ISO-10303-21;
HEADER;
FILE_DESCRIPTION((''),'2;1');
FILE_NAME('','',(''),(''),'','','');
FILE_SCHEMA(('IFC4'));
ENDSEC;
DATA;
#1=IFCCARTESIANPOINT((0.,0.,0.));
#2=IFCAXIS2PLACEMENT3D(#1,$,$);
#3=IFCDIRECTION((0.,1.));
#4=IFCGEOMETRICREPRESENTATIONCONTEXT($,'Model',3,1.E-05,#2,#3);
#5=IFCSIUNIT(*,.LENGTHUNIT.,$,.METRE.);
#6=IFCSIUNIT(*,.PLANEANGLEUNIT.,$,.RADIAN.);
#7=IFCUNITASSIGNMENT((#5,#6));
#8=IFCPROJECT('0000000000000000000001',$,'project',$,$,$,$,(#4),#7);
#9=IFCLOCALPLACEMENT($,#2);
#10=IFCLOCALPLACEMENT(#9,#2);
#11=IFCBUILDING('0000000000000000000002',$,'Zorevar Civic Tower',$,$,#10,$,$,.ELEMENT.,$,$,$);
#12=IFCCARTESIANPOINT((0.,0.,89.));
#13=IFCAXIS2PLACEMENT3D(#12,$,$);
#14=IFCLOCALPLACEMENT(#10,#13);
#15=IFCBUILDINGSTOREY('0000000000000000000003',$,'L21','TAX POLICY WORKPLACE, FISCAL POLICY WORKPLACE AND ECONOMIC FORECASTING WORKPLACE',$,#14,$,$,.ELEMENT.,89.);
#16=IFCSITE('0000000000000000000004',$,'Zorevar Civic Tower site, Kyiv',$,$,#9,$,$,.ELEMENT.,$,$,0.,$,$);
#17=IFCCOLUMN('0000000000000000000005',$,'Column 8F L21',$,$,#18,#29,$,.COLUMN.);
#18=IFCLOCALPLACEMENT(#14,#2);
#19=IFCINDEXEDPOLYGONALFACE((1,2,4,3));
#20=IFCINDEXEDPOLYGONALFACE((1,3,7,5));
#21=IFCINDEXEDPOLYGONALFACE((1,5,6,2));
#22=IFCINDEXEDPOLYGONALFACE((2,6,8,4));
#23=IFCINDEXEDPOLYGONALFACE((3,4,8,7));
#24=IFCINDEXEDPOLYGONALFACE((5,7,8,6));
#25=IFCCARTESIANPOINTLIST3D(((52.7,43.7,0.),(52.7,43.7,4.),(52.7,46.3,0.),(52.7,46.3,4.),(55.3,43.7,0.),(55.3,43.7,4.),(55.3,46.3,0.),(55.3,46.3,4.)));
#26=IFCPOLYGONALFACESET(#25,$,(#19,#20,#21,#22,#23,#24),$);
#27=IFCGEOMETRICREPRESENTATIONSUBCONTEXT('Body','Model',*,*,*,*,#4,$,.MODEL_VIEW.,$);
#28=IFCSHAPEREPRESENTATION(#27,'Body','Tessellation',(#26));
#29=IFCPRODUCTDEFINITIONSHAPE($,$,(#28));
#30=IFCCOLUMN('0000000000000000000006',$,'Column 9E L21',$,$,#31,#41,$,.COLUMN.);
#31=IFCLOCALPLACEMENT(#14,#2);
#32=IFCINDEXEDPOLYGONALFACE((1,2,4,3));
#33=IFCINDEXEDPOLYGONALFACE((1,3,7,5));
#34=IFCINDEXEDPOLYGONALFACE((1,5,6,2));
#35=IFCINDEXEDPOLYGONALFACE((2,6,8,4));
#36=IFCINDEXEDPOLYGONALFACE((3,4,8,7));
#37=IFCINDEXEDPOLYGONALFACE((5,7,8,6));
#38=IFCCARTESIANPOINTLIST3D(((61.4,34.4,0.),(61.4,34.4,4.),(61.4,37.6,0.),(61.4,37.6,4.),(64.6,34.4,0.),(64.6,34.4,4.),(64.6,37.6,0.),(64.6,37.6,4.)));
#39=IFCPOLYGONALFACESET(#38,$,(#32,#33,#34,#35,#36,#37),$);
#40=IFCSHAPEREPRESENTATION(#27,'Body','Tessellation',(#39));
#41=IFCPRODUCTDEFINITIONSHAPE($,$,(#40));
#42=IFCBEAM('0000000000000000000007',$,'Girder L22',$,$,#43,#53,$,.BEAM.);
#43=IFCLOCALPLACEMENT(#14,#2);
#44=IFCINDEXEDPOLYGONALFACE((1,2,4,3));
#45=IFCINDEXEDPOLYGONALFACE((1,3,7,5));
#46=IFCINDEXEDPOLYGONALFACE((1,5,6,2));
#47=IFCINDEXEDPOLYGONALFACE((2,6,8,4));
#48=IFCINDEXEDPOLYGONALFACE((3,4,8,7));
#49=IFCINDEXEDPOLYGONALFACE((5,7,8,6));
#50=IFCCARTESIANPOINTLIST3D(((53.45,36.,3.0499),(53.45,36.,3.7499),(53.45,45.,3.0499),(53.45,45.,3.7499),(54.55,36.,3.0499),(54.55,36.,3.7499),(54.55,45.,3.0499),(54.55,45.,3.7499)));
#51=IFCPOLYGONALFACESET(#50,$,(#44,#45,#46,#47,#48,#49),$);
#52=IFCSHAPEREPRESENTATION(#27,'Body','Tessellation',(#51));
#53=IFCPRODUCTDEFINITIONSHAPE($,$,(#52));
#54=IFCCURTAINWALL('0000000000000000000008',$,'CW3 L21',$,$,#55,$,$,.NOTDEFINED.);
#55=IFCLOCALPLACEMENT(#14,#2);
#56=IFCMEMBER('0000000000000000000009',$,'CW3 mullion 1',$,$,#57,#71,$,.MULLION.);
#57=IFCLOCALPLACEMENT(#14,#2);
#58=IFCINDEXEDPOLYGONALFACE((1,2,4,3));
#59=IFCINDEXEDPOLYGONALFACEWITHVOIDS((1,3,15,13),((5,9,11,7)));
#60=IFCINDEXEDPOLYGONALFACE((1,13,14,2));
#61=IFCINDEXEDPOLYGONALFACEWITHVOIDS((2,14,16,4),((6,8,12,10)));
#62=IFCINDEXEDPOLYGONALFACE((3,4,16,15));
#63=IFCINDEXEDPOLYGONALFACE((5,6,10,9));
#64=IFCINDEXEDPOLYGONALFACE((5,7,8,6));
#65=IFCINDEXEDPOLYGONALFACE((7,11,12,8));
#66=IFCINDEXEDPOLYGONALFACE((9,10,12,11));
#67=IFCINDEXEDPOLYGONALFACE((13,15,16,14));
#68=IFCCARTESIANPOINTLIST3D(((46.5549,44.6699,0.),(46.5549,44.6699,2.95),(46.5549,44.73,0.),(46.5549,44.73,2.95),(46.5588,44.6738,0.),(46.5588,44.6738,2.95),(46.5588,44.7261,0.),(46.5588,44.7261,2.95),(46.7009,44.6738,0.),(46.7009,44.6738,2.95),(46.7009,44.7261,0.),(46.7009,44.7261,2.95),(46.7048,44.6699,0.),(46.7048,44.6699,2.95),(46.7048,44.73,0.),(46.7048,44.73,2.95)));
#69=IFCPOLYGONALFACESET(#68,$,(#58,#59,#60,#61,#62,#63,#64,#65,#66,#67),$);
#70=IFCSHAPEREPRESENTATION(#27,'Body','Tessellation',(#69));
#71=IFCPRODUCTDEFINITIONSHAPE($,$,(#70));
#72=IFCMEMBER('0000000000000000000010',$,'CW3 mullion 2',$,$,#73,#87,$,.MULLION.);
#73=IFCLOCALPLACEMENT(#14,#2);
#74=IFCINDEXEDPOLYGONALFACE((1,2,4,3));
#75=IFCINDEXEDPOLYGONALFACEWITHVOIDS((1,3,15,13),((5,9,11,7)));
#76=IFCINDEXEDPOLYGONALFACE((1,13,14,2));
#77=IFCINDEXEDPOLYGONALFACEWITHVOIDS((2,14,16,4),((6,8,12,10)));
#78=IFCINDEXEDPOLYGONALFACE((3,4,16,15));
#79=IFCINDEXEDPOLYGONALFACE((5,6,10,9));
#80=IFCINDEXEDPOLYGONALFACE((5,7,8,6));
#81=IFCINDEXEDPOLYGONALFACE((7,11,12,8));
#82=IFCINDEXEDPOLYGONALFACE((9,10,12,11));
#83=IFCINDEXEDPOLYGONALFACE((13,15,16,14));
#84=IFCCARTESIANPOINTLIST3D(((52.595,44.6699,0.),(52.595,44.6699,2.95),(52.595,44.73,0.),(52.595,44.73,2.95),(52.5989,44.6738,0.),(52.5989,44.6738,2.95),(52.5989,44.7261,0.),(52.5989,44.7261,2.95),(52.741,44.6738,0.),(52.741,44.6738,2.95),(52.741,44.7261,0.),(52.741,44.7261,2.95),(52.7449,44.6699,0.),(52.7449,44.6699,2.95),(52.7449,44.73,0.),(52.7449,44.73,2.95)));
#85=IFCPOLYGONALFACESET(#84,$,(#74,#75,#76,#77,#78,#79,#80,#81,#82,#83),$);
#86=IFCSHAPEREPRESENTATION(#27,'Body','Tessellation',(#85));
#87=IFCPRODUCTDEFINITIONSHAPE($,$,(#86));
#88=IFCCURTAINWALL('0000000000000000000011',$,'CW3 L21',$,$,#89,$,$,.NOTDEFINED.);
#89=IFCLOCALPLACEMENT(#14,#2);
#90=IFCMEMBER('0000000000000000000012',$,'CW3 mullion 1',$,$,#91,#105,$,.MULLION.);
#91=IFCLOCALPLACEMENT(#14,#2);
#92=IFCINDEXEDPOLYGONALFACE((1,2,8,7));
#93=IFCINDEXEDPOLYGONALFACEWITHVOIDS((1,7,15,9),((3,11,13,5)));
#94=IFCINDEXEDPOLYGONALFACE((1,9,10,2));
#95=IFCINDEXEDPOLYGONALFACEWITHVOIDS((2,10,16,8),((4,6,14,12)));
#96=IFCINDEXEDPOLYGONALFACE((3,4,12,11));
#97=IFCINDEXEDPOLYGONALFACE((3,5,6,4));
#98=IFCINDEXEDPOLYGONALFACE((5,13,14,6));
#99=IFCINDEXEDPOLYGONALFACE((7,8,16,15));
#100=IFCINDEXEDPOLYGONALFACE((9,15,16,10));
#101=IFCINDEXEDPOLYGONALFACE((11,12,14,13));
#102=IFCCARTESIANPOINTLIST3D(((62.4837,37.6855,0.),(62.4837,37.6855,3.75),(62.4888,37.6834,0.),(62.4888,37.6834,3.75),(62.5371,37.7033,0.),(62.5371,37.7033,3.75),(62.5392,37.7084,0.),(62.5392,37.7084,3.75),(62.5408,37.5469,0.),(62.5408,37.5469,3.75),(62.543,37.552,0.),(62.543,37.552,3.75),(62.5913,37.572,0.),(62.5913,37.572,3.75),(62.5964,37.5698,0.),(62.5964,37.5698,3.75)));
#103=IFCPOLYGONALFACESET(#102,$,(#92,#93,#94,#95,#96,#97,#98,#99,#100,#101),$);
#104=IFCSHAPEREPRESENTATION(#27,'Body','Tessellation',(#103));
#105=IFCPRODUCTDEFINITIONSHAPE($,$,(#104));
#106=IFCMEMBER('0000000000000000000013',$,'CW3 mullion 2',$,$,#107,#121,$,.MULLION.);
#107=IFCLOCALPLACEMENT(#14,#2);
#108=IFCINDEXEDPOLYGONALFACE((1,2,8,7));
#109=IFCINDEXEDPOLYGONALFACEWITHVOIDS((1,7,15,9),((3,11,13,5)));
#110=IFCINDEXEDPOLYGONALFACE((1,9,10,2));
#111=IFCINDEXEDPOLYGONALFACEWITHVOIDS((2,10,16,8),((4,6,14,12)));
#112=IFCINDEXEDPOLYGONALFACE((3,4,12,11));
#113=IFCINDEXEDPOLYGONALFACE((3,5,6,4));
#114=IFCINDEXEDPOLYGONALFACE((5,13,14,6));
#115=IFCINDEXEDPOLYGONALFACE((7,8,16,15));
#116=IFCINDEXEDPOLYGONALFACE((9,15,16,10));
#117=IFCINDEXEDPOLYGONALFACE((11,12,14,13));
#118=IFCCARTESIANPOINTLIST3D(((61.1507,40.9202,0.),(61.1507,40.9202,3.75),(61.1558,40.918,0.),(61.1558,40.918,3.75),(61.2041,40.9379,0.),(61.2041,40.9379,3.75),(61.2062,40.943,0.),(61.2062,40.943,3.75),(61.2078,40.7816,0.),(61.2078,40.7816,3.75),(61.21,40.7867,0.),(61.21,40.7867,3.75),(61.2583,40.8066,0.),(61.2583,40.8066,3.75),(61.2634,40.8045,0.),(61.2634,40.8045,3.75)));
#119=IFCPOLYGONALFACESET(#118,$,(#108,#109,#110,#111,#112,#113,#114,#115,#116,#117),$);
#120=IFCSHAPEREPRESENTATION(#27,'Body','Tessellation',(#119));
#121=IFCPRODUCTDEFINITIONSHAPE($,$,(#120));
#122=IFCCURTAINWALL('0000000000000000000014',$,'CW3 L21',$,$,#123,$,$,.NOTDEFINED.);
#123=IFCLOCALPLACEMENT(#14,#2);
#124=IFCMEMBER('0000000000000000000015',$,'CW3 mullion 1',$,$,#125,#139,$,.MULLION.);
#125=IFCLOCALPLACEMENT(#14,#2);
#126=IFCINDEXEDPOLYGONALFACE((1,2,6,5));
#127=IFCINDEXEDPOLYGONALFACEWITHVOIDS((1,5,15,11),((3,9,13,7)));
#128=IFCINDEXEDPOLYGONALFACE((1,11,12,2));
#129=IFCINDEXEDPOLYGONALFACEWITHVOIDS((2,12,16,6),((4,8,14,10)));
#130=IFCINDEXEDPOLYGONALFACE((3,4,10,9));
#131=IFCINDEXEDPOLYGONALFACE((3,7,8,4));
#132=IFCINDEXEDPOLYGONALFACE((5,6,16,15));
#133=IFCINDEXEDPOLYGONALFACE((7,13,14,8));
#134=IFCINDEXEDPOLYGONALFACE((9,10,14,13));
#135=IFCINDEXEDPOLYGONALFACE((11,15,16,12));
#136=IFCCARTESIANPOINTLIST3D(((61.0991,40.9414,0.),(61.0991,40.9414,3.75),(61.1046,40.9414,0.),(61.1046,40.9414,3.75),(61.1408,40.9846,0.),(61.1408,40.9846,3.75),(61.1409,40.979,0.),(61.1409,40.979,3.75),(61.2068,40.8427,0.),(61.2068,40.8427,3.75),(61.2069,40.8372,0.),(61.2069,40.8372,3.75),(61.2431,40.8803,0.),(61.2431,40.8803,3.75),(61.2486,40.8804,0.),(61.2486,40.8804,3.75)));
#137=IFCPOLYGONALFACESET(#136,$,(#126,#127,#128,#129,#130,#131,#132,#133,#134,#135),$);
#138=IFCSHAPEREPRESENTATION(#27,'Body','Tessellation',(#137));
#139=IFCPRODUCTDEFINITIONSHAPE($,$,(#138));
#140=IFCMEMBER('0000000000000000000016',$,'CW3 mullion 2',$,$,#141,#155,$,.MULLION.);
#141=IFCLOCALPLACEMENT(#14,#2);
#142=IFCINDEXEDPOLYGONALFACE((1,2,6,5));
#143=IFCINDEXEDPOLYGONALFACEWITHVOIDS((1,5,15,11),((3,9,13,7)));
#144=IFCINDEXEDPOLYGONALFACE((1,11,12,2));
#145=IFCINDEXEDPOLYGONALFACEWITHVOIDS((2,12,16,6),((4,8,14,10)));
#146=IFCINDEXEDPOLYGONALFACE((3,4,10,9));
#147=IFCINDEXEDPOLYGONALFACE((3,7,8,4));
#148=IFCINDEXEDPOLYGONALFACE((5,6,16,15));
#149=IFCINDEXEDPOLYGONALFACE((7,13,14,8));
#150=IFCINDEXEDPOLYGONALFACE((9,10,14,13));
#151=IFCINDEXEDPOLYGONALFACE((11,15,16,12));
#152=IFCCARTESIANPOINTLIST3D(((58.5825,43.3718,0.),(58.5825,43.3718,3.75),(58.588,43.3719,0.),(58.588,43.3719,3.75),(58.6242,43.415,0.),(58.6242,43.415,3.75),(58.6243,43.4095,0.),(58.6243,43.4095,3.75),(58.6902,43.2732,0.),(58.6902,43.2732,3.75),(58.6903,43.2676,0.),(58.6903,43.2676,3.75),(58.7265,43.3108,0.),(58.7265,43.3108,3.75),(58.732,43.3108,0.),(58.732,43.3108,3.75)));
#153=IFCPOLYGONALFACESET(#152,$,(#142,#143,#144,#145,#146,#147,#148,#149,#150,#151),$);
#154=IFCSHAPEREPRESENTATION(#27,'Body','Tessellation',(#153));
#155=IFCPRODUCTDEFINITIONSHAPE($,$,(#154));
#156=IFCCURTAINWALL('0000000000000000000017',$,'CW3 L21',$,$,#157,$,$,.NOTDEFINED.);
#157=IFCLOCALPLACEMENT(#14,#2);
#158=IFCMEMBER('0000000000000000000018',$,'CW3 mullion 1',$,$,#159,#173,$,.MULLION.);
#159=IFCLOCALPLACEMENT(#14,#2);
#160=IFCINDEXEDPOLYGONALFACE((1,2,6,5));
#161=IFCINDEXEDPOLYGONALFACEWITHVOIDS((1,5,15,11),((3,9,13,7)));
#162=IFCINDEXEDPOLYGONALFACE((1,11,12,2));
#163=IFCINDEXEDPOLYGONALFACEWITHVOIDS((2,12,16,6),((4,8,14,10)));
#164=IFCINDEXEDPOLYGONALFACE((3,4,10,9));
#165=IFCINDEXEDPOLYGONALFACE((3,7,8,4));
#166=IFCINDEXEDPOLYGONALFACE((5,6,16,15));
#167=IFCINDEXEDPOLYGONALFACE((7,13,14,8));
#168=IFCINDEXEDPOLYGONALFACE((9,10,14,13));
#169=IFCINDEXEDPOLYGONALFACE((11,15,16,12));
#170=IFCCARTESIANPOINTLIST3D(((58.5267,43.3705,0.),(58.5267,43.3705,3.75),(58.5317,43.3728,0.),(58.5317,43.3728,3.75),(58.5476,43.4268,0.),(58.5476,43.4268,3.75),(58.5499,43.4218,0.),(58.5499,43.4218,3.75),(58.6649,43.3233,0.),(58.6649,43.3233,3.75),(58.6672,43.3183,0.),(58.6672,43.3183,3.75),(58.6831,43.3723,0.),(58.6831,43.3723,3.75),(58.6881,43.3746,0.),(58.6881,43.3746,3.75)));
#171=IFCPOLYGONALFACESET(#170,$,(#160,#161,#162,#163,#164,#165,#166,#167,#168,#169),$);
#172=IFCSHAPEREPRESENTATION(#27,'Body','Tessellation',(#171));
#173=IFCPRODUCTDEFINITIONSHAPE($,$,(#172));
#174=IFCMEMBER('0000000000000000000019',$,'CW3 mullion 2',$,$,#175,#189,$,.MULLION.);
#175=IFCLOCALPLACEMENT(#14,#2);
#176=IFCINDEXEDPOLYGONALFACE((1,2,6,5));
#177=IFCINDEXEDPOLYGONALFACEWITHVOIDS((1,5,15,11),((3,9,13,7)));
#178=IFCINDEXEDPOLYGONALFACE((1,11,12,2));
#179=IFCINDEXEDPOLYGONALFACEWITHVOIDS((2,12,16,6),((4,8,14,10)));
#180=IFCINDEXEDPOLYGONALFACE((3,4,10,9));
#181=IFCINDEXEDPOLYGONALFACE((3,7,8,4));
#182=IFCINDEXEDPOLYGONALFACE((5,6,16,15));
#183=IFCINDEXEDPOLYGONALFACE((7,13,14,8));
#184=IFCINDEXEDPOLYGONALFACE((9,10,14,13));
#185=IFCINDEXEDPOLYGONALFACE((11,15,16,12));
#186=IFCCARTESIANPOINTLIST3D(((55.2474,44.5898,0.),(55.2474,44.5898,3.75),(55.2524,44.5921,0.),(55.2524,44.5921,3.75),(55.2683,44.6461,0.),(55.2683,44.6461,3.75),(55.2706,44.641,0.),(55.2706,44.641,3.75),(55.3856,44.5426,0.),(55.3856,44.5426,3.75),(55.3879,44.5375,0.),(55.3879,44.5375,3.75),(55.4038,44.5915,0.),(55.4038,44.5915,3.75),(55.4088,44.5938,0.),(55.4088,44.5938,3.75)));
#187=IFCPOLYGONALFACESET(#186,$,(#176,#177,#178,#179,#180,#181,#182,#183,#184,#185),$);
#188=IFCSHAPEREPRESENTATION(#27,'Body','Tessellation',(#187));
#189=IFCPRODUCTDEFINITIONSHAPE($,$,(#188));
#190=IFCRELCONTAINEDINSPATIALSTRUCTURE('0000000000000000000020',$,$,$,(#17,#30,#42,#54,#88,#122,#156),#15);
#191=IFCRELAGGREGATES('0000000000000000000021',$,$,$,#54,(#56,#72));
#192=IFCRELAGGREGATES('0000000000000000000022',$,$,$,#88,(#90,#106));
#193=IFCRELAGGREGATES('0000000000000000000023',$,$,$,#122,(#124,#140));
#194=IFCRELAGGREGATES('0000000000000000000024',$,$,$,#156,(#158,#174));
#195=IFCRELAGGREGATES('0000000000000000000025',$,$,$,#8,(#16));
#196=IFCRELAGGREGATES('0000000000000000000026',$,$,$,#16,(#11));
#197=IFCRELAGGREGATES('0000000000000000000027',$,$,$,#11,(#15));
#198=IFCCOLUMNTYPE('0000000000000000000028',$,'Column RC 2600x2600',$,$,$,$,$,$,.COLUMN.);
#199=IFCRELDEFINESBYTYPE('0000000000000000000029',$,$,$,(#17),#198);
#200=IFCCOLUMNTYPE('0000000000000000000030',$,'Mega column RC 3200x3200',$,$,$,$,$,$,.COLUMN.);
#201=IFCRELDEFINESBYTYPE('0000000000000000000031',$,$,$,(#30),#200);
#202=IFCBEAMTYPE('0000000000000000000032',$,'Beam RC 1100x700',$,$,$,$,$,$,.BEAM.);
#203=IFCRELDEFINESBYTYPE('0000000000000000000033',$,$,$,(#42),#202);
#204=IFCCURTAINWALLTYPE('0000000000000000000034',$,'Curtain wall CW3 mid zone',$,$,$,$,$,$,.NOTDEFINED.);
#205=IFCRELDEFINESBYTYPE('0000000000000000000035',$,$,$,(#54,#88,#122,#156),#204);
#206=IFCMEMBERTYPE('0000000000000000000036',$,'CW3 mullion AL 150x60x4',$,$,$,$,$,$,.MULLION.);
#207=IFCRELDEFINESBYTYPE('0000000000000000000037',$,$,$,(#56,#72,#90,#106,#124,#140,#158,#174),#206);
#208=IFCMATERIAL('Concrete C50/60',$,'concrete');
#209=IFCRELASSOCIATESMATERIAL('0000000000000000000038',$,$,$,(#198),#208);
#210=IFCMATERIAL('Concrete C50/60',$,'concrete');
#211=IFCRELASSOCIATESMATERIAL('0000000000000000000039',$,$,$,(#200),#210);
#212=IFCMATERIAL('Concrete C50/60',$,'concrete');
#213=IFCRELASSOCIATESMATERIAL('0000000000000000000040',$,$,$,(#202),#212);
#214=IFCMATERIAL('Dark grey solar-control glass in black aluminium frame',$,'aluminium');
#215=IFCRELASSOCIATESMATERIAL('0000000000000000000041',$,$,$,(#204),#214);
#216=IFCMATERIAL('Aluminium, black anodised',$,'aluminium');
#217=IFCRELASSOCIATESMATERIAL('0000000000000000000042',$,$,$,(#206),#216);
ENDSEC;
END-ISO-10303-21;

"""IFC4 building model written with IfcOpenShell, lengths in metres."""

from ifc_helpers import new_model, si_unit, direction, frame, origin, origin_2d, place, context, subcontext, project, spatial, rectangle, hollow_rectangle, extrude, material, material_profile, profile_set, type_object, element, aggregate, save


model = new_model("IFC4")

# Units and contexts
model_context = context("Model", 3, precision=1e-05, world=origin(), true_north=direction((0.0, 1.0)))
body_context = subcontext(model_context, "Body", "Model", "MODEL_VIEW")
ifc_project = project(units=[si_unit("LENGTHUNIT", "METRE"), si_unit("PLANEANGLEUNIT", "RADIAN")], contexts=[model_context])

# Site, building, storey
site_placement = place(None, origin())
site = spatial("IfcSite", under=ifc_project, at=site_placement, Name="Zorevar Civic Tower site, Kyiv", CompositionType="ELEMENT", RefElevation=0.0)
building_placement = place(site_placement, origin())
building = spatial("IfcBuilding", under=site, at=building_placement, Name="Zorevar Civic Tower", CompositionType="ELEMENT")
storey_placement = place(building_placement, frame((0.0, 0.0, 89.0)))
storey = spatial("IfcBuildingStorey", under=building, at=storey_placement, Name="L21", Description="TAX POLICY WORKPLACE, FISCAL POLICY WORKPLACE AND ECONOMIC FORECASTING WORKPLACE", CompositionType="ELEMENT", Elevation=89.0)

# Columns
ifc_material_1 = material(Name="Concrete C50/60", Category="concrete")
ifc_material_profile_1 = material_profile(ifc_material_1, rectangle(XDim=2.6001, YDim=2.6001, at=origin_2d()), Name="RC 2600x2600")
ifc_profile_set_1 = profile_set([ifc_material_profile_1], Name="Concrete C50/60")
column_type_1 = type_object("IfcColumnType", Name="Column RC 2600x2600", PredefinedType="COLUMN", material=ifc_profile_set_1)
column_1_placement = place(storey_placement, frame((54.0, 45.0, 0.0), z_axis=(0.0, 0.0, 1.0), x_axis=(1.0, 0.0, 0.0)))
element("IfcColumn", 1, at=column_1_placement, inside=storey, type_object=column_type_1, Name="Column 8F L21", PredefinedType="COLUMN", context=body_context, shape_type="SweptSolid", body=[
    extrude(rectangle(XDim=2.6001, YDim=2.6001, at=origin_2d()), origin(), (0.0, 0.0, 1.0), 4.0),
])
ifc_material_2 = material(Name="Concrete C50/60", Category="concrete")
ifc_material_profile_2 = material_profile(ifc_material_2, rectangle(XDim=3.2, YDim=3.2, at=origin_2d()), Name="RC 3200x3200")
ifc_profile_set_2 = profile_set([ifc_material_profile_2], Name="Concrete C50/60")
column_type_2 = type_object("IfcColumnType", Name="Mega column RC 3200x3200", PredefinedType="COLUMN", material=ifc_profile_set_2)
column_2_placement = place(storey_placement, frame((63.0, 36.0, 0.0), z_axis=(0.0, 0.0, 1.0), x_axis=(1.0, 0.0, 0.0)))
element("IfcColumn", 2, at=column_2_placement, inside=storey, type_object=column_type_2, Name="Column 9E L21", PredefinedType="COLUMN", context=body_context, shape_type="SweptSolid", body=[
    extrude(rectangle(XDim=3.2, YDim=3.2, at=origin_2d()), origin(), (0.0, 0.0, 1.0), 4.0),
])

# Beam
ifc_material_3 = material(Name="Concrete C50/60", Category="concrete")
ifc_material_profile_3 = material_profile(ifc_material_3, rectangle(XDim=1.1001, YDim=0.7, at=origin_2d()), Name="RC 1100x700")
ifc_profile_set_3 = profile_set([ifc_material_profile_3], Name="Concrete C50/60")
beam_type_1 = type_object("IfcBeamType", Name="Beam RC 1100x700", PredefinedType="BEAM", material=ifc_profile_set_3)
beam_1_placement = place(storey_placement, frame((54.0, 36.0, 3.3999), z_axis=(0.0, 1.0, 0.0), x_axis=(-1.0, 0.0, 0.0)))
element("IfcBeam", 3, at=beam_1_placement, inside=storey, type_object=beam_type_1, Name="Girder L22", PredefinedType="BEAM", context=body_context, shape_type="SweptSolid", body=[
    extrude(rectangle(XDim=1.1001, YDim=0.7, at=origin_2d()), origin(), (0.0, 0.0, 1.0), 9.0),
])

# Curtain walls, members
ifc_material_4 = material(Name="Dark grey solar-control glass in black aluminium frame", Category="aluminium")
curtain_wall_type = type_object("IfcCurtainWallType", Name="Curtain wall CW3 mid zone", PredefinedType="NOTDEFINED", material=ifc_material_4)
curtain_wall_1_placement = place(storey_placement, origin())
curtain_wall_1 = element("IfcCurtainWall", 4, at=curtain_wall_1_placement, inside=storey, type_object=curtain_wall_type, Name="CW3 L21", PredefinedType="NOTDEFINED")
ifc_material_5 = material(Name="Aluminium, black anodised", Category="aluminium")
ifc_material_profile_4 = material_profile(ifc_material_5, hollow_rectangle(XDim=0.0601, YDim=0.1499, WallThickness=0.0039, at=origin_2d()), Name="AL 150x60x4")
ifc_profile_set_4 = profile_set([ifc_material_profile_4], Name="Aluminium, black anodised")
member_type_1 = type_object("IfcMemberType", Name="CW3 mullion AL 150x60x4", PredefinedType="MULLION", material=ifc_profile_set_4)
member_1_placement = place(storey_placement, frame((46.6299, 44.7, 0.0), z_axis=(0.0, 0.0, 1.0), x_axis=(0.0, 1.0, 0.0)))
member_1 = element("IfcMember", 5, at=member_1_placement, type_object=member_type_1, Name="CW3 mullion 1", PredefinedType="MULLION", context=body_context, shape_type="SweptSolid", body=[
    extrude(hollow_rectangle(XDim=0.0601, YDim=0.1499, WallThickness=0.0039, at=origin_2d()), origin(), (0.0, 0.0, 1.0), 2.95),
])
member_2_placement = place(storey_placement, frame((52.6699, 44.7, 0.0), z_axis=(0.0, 0.0, 1.0), x_axis=(0.0, 1.0, 0.0)))
member_2 = element("IfcMember", 6, at=member_2_placement, type_object=member_type_1, Name="CW3 mullion 2", PredefinedType="MULLION", context=body_context, shape_type="SweptSolid", body=[
    extrude(hollow_rectangle(XDim=0.0601, YDim=0.1499, WallThickness=0.0039, at=origin_2d()), origin(), (0.0, 0.0, 1.0), 2.95),
])
curtain_wall_2_placement = place(storey_placement, origin())
curtain_wall_2 = element("IfcCurtainWall", 7, at=curtain_wall_2_placement, inside=storey, type_object=curtain_wall_type, Name="CW3 L21", PredefinedType="NOTDEFINED")
member_3_placement = place(storey_placement, frame((62.54, 37.6277, 0.0), z_axis=(0.0, 0.0, 1.0), x_axis=(-0.92455, -0.381061, 0.0)))
member_3 = element("IfcMember", 8, at=member_3_placement, type_object=member_type_1, Name="CW3 mullion 1", PredefinedType="MULLION", context=body_context, shape_type="SweptSolid", body=[
    extrude(hollow_rectangle(XDim=0.0601, YDim=0.1499, WallThickness=0.0039, at=origin_2d()), origin(), (0.0, 0.0, 1.0), 3.75),
])
member_4_placement = place(storey_placement, frame((61.207, 40.8623, 0.0), z_axis=(0.0, 0.0, 1.0), x_axis=(-0.92455, -0.381061, 0.0)))
member_4 = element("IfcMember", 9, at=member_4_placement, type_object=member_type_1, Name="CW3 mullion 2", PredefinedType="MULLION", context=body_context, shape_type="SweptSolid", body=[
    extrude(hollow_rectangle(XDim=0.0601, YDim=0.1499, WallThickness=0.0039, at=origin_2d()), origin(), (0.0, 0.0, 1.0), 3.75),
])
curtain_wall_3_placement = place(storey_placement, origin())
curtain_wall_3 = element("IfcCurtainWall", 10, at=curtain_wall_3_placement, inside=storey, type_object=curtain_wall_type, Name="CW3 L21", PredefinedType="NOTDEFINED")
member_5_placement = place(storey_placement, frame((61.1738, 40.9109, 0.0), z_axis=(0.0, 0.0, 1.0), x_axis=(-0.694634, -0.719363, 0.0)))
member_5 = element("IfcMember", 11, at=member_5_placement, type_object=member_type_1, Name="CW3 mullion 1", PredefinedType="MULLION", context=body_context, shape_type="SweptSolid", body=[
    extrude(hollow_rectangle(XDim=0.0601, YDim=0.1499, WallThickness=0.0039, at=origin_2d()), origin(), (0.0, 0.0, 1.0), 3.75),
])
member_6_placement = place(storey_placement, frame((58.6572, 43.3413, 0.0), z_axis=(0.0, 0.0, 1.0), x_axis=(-0.694634, -0.719363, 0.0)))
member_6 = element("IfcMember", 12, at=member_6_placement, type_object=member_type_1, Name="CW3 mullion 2", PredefinedType="MULLION", context=body_context, shape_type="SweptSolid", body=[
    extrude(hollow_rectangle(XDim=0.0601, YDim=0.1499, WallThickness=0.0039, at=origin_2d()), origin(), (0.0, 0.0, 1.0), 3.75),
])
curtain_wall_4_placement = place(storey_placement, origin())
curtain_wall_4 = element("IfcCurtainWall", 13, at=curtain_wall_4_placement, inside=storey, type_object=curtain_wall_type, Name="CW3 L21", PredefinedType="NOTDEFINED")
member_7_placement = place(storey_placement, frame((58.6074, 43.3726, 0.0), z_axis=(0.0, 0.0, 1.0), x_axis=(-0.3485, -0.937309, 0.0)))
member_7 = element("IfcMember", 14, at=member_7_placement, type_object=member_type_1, Name="CW3 mullion 1", PredefinedType="MULLION", context=body_context, shape_type="SweptSolid", body=[
    extrude(hollow_rectangle(XDim=0.0601, YDim=0.1499, WallThickness=0.0039, at=origin_2d()), origin(), (0.0, 0.0, 1.0), 3.75),
])
member_8_placement = place(storey_placement, frame((55.3281, 44.5918, 0.0), z_axis=(0.0, 0.0, 1.0), x_axis=(-0.3485, -0.937309, 0.0)))
member_8 = element("IfcMember", 15, at=member_8_placement, type_object=member_type_1, Name="CW3 mullion 2", PredefinedType="MULLION", context=body_context, shape_type="SweptSolid", body=[
    extrude(hollow_rectangle(XDim=0.0601, YDim=0.1499, WallThickness=0.0039, at=origin_2d()), origin(), (0.0, 0.0, 1.0), 3.75),
])

aggregate(curtain_wall_1, [member_1, member_2])
aggregate(curtain_wall_2, [member_3, member_4])
aggregate(curtain_wall_3, [member_5, member_6])
aggregate(curtain_wall_4, [member_7, member_8])

save(model, "model.ifc")
